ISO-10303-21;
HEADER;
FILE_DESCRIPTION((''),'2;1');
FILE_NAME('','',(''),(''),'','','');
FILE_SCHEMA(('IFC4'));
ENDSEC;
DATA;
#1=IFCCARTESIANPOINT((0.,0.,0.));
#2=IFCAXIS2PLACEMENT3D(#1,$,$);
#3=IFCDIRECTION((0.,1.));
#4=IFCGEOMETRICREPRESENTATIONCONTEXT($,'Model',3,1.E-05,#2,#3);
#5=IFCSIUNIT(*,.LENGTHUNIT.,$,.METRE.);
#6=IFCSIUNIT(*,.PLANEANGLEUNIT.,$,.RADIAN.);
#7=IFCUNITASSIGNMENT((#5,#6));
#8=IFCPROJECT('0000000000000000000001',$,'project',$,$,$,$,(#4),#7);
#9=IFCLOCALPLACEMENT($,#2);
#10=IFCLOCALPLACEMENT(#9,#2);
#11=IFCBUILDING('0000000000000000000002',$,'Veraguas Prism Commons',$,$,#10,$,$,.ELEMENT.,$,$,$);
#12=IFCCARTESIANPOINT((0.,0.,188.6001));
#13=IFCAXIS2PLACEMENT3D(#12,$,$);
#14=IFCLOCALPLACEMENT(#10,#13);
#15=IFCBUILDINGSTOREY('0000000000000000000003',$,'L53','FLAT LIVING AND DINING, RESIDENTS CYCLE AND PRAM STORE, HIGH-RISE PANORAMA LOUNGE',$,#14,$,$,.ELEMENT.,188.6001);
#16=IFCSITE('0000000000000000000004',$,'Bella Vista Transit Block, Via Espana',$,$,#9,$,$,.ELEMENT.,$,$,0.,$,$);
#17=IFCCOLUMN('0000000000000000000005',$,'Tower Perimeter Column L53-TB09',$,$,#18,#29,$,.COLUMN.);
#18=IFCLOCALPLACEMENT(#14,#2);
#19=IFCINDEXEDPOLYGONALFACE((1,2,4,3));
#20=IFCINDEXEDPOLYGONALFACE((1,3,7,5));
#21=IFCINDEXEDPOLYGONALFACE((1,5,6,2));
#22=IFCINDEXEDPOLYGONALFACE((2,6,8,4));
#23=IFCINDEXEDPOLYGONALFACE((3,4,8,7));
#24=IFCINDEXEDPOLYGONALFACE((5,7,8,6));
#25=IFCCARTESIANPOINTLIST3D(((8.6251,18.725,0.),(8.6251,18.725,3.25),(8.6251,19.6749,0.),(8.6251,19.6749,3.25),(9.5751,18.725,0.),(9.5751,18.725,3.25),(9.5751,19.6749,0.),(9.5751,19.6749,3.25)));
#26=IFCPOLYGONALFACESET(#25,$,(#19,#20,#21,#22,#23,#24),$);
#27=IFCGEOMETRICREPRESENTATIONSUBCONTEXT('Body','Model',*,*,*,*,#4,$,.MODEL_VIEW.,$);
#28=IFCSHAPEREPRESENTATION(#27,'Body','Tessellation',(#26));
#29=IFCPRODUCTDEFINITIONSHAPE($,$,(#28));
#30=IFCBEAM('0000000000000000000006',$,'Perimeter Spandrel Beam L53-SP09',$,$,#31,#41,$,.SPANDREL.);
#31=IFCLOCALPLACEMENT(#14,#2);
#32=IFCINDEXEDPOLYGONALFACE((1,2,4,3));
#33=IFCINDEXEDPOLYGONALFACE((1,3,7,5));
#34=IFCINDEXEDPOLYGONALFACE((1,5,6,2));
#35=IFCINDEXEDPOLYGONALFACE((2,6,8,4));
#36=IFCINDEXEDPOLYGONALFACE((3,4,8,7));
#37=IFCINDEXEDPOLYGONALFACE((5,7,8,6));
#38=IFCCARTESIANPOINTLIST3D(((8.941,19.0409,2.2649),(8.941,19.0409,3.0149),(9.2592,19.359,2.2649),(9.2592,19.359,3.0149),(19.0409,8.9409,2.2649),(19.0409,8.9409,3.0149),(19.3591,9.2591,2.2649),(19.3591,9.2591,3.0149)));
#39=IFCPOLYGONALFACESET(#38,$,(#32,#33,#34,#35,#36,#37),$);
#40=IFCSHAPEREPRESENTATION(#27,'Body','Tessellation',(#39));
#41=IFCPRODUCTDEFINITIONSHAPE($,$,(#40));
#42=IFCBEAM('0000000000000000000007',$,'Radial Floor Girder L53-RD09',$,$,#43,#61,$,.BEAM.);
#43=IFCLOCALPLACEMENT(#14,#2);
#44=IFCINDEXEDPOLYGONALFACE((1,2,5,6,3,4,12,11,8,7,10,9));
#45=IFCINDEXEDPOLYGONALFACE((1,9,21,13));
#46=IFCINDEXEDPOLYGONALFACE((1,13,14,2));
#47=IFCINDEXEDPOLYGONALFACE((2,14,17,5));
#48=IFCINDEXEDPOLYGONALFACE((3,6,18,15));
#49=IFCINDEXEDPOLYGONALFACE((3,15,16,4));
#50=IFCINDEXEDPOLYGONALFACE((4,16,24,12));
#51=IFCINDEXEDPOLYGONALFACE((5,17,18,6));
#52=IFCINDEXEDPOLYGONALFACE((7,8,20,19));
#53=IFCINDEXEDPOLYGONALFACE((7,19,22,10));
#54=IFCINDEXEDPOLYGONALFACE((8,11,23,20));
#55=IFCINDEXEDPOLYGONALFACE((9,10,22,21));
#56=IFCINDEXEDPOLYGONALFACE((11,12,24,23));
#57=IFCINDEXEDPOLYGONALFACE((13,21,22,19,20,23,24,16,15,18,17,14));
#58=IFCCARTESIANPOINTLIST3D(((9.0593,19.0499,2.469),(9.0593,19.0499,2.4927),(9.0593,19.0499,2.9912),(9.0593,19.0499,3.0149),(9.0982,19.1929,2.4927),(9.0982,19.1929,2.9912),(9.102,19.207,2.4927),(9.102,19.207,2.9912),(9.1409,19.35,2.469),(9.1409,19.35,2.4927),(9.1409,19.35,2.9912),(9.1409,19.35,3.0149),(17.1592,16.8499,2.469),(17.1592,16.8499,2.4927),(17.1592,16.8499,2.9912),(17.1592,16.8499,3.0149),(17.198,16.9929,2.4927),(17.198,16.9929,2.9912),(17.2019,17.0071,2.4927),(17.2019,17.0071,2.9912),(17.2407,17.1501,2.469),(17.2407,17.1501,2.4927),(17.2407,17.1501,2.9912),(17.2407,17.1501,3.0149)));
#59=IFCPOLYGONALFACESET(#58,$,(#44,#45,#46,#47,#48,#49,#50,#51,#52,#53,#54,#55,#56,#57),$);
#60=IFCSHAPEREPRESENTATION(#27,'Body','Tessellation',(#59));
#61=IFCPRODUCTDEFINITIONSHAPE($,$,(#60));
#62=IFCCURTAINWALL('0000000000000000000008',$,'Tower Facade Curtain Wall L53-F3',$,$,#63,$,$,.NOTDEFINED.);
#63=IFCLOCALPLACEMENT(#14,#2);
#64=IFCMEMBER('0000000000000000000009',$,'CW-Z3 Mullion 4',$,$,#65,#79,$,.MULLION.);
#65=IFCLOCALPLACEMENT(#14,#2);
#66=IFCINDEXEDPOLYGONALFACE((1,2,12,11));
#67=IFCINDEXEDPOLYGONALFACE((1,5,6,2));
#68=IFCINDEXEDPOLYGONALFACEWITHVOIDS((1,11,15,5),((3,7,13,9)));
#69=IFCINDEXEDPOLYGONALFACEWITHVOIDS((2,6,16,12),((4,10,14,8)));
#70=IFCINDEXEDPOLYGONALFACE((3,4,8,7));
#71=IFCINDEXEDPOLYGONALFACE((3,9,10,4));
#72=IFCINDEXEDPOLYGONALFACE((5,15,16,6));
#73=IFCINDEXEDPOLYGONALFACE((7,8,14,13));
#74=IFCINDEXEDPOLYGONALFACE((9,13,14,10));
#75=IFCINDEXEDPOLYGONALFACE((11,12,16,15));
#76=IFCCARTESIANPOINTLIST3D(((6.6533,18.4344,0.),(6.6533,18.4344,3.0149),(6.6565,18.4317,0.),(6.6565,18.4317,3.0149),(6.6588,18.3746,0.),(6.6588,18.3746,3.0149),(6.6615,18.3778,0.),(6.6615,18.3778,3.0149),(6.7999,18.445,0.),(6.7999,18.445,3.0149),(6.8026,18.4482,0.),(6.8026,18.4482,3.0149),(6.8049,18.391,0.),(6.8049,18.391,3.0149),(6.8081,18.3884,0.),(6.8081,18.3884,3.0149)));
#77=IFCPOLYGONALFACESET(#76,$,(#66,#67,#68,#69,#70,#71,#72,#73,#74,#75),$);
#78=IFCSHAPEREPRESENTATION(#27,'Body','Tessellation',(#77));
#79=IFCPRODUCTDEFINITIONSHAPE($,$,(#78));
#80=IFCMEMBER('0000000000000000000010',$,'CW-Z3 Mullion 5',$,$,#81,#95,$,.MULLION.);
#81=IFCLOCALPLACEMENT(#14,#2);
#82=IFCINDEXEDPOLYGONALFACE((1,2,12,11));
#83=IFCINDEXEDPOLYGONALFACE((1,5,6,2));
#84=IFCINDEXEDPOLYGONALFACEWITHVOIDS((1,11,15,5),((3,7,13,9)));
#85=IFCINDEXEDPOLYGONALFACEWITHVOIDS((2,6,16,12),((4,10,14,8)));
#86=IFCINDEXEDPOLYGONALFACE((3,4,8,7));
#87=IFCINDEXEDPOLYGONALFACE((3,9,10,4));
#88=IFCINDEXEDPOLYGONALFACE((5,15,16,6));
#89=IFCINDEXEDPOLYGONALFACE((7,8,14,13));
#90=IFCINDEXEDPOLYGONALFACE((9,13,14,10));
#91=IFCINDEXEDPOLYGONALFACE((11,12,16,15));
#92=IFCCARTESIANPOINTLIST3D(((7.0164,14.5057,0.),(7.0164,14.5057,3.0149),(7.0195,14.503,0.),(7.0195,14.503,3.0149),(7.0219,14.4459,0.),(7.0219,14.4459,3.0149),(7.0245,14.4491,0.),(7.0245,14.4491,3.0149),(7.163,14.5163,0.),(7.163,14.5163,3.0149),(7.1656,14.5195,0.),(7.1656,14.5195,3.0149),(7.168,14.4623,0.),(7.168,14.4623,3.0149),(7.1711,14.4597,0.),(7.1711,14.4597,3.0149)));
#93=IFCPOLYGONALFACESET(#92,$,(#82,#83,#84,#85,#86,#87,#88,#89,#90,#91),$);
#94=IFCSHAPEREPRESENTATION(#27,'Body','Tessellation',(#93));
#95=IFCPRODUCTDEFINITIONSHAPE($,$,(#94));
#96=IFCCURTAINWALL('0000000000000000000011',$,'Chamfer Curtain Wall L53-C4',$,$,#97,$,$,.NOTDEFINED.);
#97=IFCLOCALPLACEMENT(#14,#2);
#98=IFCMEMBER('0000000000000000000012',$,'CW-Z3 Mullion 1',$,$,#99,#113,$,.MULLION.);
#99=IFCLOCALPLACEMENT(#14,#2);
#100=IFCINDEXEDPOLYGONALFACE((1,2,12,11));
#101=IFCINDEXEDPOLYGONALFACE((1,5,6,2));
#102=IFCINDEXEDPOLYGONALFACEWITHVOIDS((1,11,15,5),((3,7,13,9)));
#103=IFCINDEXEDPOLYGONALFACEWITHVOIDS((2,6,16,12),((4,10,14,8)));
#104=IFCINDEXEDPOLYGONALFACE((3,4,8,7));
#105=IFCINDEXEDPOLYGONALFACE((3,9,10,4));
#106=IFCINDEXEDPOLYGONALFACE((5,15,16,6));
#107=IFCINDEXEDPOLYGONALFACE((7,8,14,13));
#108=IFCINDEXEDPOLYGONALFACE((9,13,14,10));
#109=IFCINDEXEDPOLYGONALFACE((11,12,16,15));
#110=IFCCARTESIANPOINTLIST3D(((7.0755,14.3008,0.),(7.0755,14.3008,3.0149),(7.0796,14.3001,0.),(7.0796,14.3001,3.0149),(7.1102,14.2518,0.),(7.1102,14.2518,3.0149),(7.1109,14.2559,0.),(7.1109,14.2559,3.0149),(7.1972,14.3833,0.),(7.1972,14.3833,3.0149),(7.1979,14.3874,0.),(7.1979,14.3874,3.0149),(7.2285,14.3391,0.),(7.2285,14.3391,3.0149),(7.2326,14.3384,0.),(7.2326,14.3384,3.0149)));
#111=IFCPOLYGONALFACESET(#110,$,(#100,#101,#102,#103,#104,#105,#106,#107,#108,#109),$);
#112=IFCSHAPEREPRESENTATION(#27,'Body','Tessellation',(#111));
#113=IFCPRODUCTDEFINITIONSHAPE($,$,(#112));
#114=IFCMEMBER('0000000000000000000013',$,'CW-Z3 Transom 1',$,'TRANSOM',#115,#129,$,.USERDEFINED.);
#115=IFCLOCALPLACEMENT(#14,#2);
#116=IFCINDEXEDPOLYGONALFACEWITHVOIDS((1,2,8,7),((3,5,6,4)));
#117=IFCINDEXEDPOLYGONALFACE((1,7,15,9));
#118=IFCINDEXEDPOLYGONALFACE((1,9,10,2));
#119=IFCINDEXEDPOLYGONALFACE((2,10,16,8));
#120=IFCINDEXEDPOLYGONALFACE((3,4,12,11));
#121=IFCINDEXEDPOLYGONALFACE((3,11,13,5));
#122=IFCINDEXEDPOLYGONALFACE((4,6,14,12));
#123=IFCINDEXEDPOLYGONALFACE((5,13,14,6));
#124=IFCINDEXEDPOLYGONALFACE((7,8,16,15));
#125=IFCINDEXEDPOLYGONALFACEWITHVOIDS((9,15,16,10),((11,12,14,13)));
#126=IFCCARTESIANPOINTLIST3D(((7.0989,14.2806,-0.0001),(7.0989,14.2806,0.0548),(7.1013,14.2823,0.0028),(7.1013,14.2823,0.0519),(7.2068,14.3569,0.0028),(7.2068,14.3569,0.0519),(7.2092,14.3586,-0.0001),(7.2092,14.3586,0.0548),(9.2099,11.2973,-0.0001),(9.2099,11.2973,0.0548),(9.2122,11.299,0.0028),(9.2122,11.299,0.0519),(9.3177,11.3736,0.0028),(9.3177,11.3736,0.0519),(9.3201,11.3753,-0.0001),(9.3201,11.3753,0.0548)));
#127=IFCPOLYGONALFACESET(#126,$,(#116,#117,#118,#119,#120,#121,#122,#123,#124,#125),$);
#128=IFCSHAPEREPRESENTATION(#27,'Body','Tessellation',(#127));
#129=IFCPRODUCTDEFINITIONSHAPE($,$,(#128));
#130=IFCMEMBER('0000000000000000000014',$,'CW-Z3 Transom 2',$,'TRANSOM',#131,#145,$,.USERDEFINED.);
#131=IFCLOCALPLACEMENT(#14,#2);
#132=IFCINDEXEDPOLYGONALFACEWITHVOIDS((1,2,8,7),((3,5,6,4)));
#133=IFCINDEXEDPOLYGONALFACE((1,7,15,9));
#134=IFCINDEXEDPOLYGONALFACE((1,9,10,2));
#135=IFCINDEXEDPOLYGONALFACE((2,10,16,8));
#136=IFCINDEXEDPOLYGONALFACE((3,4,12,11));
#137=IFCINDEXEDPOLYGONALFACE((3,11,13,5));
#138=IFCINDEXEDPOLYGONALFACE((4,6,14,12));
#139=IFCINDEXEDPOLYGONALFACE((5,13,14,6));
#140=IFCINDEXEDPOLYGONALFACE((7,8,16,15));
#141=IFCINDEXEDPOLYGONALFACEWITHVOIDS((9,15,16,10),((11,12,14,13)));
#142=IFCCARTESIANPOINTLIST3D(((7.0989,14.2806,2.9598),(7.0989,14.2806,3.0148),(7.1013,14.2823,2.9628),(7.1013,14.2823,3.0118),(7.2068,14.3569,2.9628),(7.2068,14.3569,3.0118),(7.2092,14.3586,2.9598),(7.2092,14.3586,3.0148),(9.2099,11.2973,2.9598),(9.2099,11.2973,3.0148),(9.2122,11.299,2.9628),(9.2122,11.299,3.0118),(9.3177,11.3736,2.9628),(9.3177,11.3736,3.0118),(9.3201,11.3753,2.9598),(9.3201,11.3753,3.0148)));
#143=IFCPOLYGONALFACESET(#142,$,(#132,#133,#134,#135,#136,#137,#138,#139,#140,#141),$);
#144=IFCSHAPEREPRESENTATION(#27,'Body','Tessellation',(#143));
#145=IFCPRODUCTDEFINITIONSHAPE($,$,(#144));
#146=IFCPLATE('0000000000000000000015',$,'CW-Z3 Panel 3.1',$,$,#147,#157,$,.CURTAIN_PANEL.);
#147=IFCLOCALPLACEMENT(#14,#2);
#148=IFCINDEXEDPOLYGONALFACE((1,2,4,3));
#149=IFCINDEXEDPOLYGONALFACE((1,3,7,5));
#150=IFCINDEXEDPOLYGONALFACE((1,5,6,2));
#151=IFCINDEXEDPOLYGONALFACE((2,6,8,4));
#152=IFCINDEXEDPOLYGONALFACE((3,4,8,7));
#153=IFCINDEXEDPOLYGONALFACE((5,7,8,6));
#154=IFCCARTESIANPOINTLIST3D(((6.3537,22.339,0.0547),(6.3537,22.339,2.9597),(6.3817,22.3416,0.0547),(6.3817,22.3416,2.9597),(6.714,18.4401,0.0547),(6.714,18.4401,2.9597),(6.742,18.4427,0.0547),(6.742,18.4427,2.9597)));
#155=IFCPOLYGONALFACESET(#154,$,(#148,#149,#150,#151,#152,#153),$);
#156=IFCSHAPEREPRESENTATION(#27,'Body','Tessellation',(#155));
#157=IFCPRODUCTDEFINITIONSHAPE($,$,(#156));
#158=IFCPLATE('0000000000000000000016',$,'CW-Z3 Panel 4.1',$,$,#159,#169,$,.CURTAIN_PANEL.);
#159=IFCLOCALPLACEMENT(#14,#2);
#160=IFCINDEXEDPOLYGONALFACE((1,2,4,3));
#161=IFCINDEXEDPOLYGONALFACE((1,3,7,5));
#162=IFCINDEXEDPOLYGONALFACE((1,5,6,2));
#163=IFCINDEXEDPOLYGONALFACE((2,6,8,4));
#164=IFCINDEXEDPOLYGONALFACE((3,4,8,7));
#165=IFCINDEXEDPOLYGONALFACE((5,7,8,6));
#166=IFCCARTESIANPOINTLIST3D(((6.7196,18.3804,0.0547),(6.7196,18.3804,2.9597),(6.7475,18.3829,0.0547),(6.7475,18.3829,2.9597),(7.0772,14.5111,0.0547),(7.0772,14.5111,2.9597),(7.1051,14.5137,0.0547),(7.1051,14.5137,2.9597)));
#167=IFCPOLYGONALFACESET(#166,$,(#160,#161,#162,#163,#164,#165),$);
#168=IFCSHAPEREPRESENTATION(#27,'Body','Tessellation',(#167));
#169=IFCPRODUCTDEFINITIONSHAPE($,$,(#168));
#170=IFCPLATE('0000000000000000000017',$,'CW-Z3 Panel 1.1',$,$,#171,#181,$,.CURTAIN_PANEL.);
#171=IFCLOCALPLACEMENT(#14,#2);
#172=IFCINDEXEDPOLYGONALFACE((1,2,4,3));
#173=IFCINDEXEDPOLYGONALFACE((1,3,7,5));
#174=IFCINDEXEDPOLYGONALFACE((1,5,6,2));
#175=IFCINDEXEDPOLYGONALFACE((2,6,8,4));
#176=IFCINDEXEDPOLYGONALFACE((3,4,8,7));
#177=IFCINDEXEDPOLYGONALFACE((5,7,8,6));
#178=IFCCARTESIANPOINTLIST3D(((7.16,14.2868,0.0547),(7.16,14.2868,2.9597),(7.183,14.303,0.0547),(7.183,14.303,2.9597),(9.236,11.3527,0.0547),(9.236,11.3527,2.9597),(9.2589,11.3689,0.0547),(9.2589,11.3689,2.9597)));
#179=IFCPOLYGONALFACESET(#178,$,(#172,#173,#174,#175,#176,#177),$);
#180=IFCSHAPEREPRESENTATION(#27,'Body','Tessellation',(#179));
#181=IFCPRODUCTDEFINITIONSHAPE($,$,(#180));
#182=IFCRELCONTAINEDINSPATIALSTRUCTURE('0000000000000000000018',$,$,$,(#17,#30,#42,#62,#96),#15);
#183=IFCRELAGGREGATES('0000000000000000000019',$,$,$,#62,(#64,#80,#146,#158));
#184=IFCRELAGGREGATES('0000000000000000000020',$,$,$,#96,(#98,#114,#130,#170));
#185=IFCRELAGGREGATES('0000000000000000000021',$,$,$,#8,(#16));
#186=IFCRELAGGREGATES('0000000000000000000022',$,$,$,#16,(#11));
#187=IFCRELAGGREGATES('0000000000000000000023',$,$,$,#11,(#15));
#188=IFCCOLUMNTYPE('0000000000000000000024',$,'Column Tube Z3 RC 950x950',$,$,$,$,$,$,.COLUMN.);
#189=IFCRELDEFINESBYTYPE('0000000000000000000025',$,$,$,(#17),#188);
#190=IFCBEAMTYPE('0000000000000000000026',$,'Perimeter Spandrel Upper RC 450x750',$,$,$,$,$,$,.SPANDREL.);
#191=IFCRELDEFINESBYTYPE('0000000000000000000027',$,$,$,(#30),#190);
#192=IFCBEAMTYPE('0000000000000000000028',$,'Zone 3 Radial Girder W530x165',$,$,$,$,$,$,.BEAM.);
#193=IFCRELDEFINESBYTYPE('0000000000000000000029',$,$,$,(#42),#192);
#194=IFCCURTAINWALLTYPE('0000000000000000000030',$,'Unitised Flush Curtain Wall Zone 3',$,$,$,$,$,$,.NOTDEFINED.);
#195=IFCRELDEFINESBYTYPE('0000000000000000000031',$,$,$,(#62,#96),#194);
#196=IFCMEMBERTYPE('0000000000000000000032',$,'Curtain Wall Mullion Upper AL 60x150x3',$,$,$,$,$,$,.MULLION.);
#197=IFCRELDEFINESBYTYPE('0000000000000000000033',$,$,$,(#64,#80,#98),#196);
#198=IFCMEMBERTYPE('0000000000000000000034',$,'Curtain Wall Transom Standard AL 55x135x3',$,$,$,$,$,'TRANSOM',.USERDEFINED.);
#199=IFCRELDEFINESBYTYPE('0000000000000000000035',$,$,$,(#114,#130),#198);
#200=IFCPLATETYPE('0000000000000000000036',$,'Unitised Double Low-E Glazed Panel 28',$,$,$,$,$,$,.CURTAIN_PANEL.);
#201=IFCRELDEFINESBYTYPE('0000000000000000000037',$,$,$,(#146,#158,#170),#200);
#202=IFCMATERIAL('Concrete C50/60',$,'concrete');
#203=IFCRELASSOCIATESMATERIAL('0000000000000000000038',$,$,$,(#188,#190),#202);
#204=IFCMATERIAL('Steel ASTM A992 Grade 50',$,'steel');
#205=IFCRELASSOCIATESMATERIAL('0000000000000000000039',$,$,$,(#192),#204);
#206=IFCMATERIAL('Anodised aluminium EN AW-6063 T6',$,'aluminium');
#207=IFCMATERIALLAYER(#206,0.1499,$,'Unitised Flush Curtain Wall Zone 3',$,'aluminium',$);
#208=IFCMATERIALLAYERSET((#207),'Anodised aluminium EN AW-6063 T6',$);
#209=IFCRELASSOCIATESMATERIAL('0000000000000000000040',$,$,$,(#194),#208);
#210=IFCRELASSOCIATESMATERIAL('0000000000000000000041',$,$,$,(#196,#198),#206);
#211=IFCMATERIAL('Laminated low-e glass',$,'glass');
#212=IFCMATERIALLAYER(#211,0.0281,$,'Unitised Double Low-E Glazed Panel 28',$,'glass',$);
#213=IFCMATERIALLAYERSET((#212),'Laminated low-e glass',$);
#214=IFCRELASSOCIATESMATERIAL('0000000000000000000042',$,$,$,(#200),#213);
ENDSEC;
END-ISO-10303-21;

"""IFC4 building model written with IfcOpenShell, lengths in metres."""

from ifc_helpers import new_model, si_unit, direction, frame, origin, origin_2d, place, context, subcontext, project, spatial, rectangle, hollow_rectangle, i_section, extrude, source, transform, mapped, material, layer, layer_set, material_profile, profile_set, type_object, element, aggregate, save


model = new_model("IFC4")

# Units and contexts
model_context = context("Model", 3, precision=1e-05, world=origin(), true_north=direction((0.0, 1.0)))
body_context = subcontext(model_context, "Body", "Model", "MODEL_VIEW")
ifc_project = project(units=[si_unit("LENGTHUNIT", "METRE"), si_unit("PLANEANGLEUNIT", "RADIAN")], contexts=[model_context])

# Site, building, storey
site_placement = place(None, origin())
site = spatial("IfcSite", under=ifc_project, at=site_placement, Name="Bella Vista Transit Block, Via Espana", CompositionType="ELEMENT", RefElevation=0.0)
building_placement = place(site_placement, origin())
building = spatial("IfcBuilding", under=site, at=building_placement, Name="Veraguas Prism Commons", CompositionType="ELEMENT")
storey_placement = place(building_placement, frame((0.0, 0.0, 188.6001)))
storey = spatial("IfcBuildingStorey", under=building, at=storey_placement, Name="L53", Description="FLAT LIVING AND DINING, RESIDENTS CYCLE AND PRAM STORE, HIGH-RISE PANORAMA LOUNGE", CompositionType="ELEMENT", Elevation=188.6001)

# Column
ifc_material_1 = material(Name="Concrete C50/60", Category="concrete")
ifc_material_profile_1 = material_profile(ifc_material_1, rectangle(XDim=0.95, YDim=0.95, at=origin_2d()), Name="RC950X950")
ifc_profile_set_1 = profile_set([ifc_material_profile_1], Name="Concrete C50/60")
column_type = type_object("IfcColumnType", Name="Column Tube Z3 RC 950x950", PredefinedType="COLUMN", material=ifc_profile_set_1)
column_placement = place(storey_placement, frame((9.1001, 19.2, 0.0), z_axis=(0.0, 0.0, 1.0), x_axis=(1.0, 0.0, 0.0)))
element("IfcColumn", 1, at=column_placement, inside=storey, type_object=column_type, Name="Tower Perimeter Column L53-TB09", PredefinedType="COLUMN", context=body_context, shape_type="SweptSolid", body=[
    extrude(rectangle(XDim=0.95, YDim=0.95, at=origin_2d()), origin(), (0.0, 0.0, 1.0), 3.25),
])

# Beams
ifc_material_profile_2 = material_profile(ifc_material_1, rectangle(XDim=0.45, YDim=0.75, at=origin_2d()), Name="RC450X750")
ifc_profile_set_2 = profile_set([ifc_material_profile_2], Name="Concrete C50/60")
beam_type_1 = type_object("IfcBeamType", Name="Perimeter Spandrel Upper RC 450x750", PredefinedType="SPANDREL", material=ifc_profile_set_2)
beam_1_placement = place(storey_placement, frame((9.1001, 19.2, 2.6399), z_axis=(0.707107, -0.707107, 0.0), x_axis=(0.707107, 0.707107, 0.0)))
element("IfcBeam", 2, at=beam_1_placement, inside=storey, type_object=beam_type_1, Name="Perimeter Spandrel Beam L53-SP09", PredefinedType="SPANDREL", context=body_context, shape_type="SweptSolid", body=[
    extrude(rectangle(XDim=0.45, YDim=0.75, at=origin_2d()), origin(), (0.0, 0.0, 1.0), 14.2834),
])
ifc_material_2 = material(Name="Steel ASTM A992 Grade 50", Category="steel")
ifc_material_profile_3 = material_profile(ifc_material_2, i_section(OverallWidth=0.311, OverallDepth=0.5459, WebThickness=0.0146, FlangeThickness=0.0237, at=origin_2d()), Name="W530X165")
ifc_profile_set_3 = profile_set([ifc_material_profile_3], Name="Steel ASTM A992 Grade 50")
beam_type_2 = type_object("IfcBeamType", Name="Zone 3 Radial Girder W530x165", PredefinedType="BEAM", material=ifc_profile_set_3)
beam_2_placement = place(storey_placement, frame((9.1001, 19.2, 2.7419), z_axis=(0.965039, -0.262108, 0.0), x_axis=(0.262108, 0.965039, 0.0)))
element("IfcBeam", 3, at=beam_2_placement, inside=storey, type_object=beam_type_2, Name="Radial Floor Girder L53-RD09", PredefinedType="BEAM", context=body_context, shape_type="SweptSolid", body=[
    extrude(i_section(OverallWidth=0.311, OverallDepth=0.5459, WebThickness=0.0146, FlangeThickness=0.0237, at=origin_2d()), origin(), (0.0, 0.0, 1.0), 8.3933),
])

# Curtain walls, members
ifc_material_3 = material(Name="Anodised aluminium EN AW-6063 T6", Category="aluminium")
ifc_layer_1 = layer(ifc_material_3, 0.1499, Name="Unitised Flush Curtain Wall Zone 3", Category="aluminium")
ifc_layer_set_1 = layer_set([ifc_layer_1], Name="Anodised aluminium EN AW-6063 T6")
curtain_wall_type = type_object("IfcCurtainWallType", Name="Unitised Flush Curtain Wall Zone 3", PredefinedType="NOTDEFINED", material=ifc_layer_set_1)
curtain_wall_1_placement = place(storey_placement, origin())
curtain_wall_1 = element("IfcCurtainWall", 4, at=curtain_wall_1_placement, inside=storey, type_object=curtain_wall_type, Name="Tower Facade Curtain Wall L53-F3", PredefinedType="NOTDEFINED")
ifc_material_profile_4 = material_profile(ifc_material_3, hollow_rectangle(XDim=0.0601, YDim=0.1499, WallThickness=0.0029, at=origin_2d()), Name="AL60X150X3")
ifc_profile_set_4 = profile_set([ifc_material_profile_4], Name="Anodised aluminium EN AW-6063 T6")
member_type_1 = type_object("IfcMemberType", Name="Curtain Wall Mullion Upper AL 60x150x3", PredefinedType="MULLION", material=ifc_profile_set_4)
shared_shape_1 = source(origin(), body_context, "Body", "SweptSolid", [
    extrude(hollow_rectangle(XDim=0.0601, YDim=0.1499, WallThickness=0.0029, at=origin_2d()), origin(), (0.0, 0.0, 1.0), 3.0149),
])
member_1_placement = place(storey_placement, frame((6.7307, 18.4114, 0.0), z_axis=(0.0, 0.0, 1.0), x_axis=(0.092023, -0.995757, 0.0)))
member_1 = element("IfcMember", 5, at=member_1_placement, type_object=member_type_1, Name="CW-Z3 Mullion 4", PredefinedType="MULLION", context=body_context, shape_type="MappedRepresentation", body=[
    mapped(shared_shape_1, transform((0.0, 0.0, 0.0), scale=1.0)),
])
member_2_placement = place(storey_placement, frame((7.0938, 14.4827, 0.0), z_axis=(0.0, 0.0, 1.0), x_axis=(0.092023, -0.995757, 0.0)))
member_2 = element("IfcMember", 6, at=member_2_placement, type_object=member_type_1, Name="CW-Z3 Mullion 5", PredefinedType="MULLION", context=body_context, shape_type="MappedRepresentation", body=[
    mapped(shared_shape_1, transform((0.0, 0.0, 0.0), scale=1.0)),
])
curtain_wall_2_placement = place(storey_placement, origin())
curtain_wall_2 = element("IfcCurtainWall", 7, at=curtain_wall_2_placement, inside=storey, type_object=curtain_wall_type, Name="Chamfer Curtain Wall L53-C4", PredefinedType="NOTDEFINED")
member_3_placement = place(storey_placement, frame((7.1541, 14.3196, 0.0), z_axis=(0.0, 0.0, 1.0), x_axis=(0.57758, -0.816334, 0.0)))
member_3 = element("IfcMember", 8, at=member_3_placement, type_object=member_type_1, Name="CW-Z3 Mullion 1", PredefinedType="MULLION", context=body_context, shape_type="MappedRepresentation", body=[
    mapped(shared_shape_1, transform((0.0, 0.0, 0.0), scale=1.0)),
])
ifc_material_profile_5 = material_profile(ifc_material_3, hollow_rectangle(XDim=0.0549, YDim=0.135, WallThickness=0.0029, at=origin_2d()), Name="AL55X135X3")
ifc_profile_set_5 = profile_set([ifc_material_profile_5], Name="Anodised aluminium EN AW-6063 T6")
member_type_2 = type_object("IfcMemberType", Name="Curtain Wall Transom Standard AL 55x135x3", ElementType="TRANSOM", PredefinedType="USERDEFINED", material=ifc_profile_set_5)
shared_shape_2 = source(origin(), body_context, "Body", "SweptSolid", [
    extrude(hollow_rectangle(XDim=0.0549, YDim=0.135, WallThickness=0.0029, at=origin_2d()), origin(), (0.0, 0.0, 1.0), 3.6545),
])
member_4_placement = place(storey_placement, frame((7.1541, 14.3196, 0.0273), z_axis=(0.577611, -0.816312, 0.0), x_axis=(0.0, 0.0, 1.0)))
member_4 = element("IfcMember", 9, at=member_4_placement, type_object=member_type_2, Name="CW-Z3 Transom 1", ObjectType="TRANSOM", PredefinedType="USERDEFINED", context=body_context, shape_type="MappedRepresentation", body=[
    mapped(shared_shape_2, transform((0.0, 0.0, 0.0), scale=1.0)),
])
member_5_placement = place(storey_placement, frame((7.1541, 14.3196, 2.9873), z_axis=(0.577611, -0.816312, 0.0), x_axis=(0.0, 0.0, 1.0)))
member_5 = element("IfcMember", 10, at=member_5_placement, type_object=member_type_2, Name="CW-Z3 Transom 2", ObjectType="TRANSOM", PredefinedType="USERDEFINED", context=body_context, shape_type="MappedRepresentation", body=[
    mapped(shared_shape_2, transform((0.0, 0.0, 0.0), scale=1.0)),
])

# Plates
ifc_material_4 = material(Name="Laminated low-e glass", Category="glass")
ifc_layer_2 = layer(ifc_material_4, 0.0281, Name="Unitised Double Low-E Glazed Panel 28", Category="glass")
ifc_layer_set_2 = layer_set([ifc_layer_2], Name="Laminated low-e glass")
plate_type = type_object("IfcPlateType", Name="Unitised Double Low-E Glazed Panel 28", PredefinedType="CURTAIN_PANEL", material=ifc_layer_set_2)
shared_shape_3 = source(origin(), body_context, "Body", "SweptSolid", [
    extrude(rectangle(XDim=3.9155, YDim=0.0281, at=origin_2d()), origin(), (0.0, 0.0, 1.0), 2.905),
])
plate_1_placement = place(storey_placement, frame((6.5479, 20.3909, 0.0547), z_axis=(0.0, 0.0, 1.0), x_axis=(0.092023, -0.995757, 0.0)))
plate_1 = element("IfcPlate", 11, at=plate_1_placement, type_object=plate_type, Name="CW-Z3 Panel 3.1", PredefinedType="CURTAIN_PANEL", context=body_context, shape_type="MappedRepresentation", body=[
    mapped(shared_shape_3, transform((0.0, 0.0, 0.0), scale=1.0)),
])
shared_shape_4 = source(origin(), body_context, "Body", "SweptSolid", [
    extrude(rectangle(XDim=3.8857, YDim=0.0281, at=origin_2d()), origin(), (0.0, 0.0, 1.0), 2.905),
])
plate_2_placement = place(storey_placement, frame((6.9124, 16.447, 0.0547), z_axis=(0.0, 0.0, 1.0), x_axis=(0.092023, -0.995757, 0.0)))
plate_2 = element("IfcPlate", 12, at=plate_2_placement, type_object=plate_type, Name="CW-Z3 Panel 4.1", PredefinedType="CURTAIN_PANEL", context=body_context, shape_type="MappedRepresentation", body=[
    mapped(shared_shape_4, transform((0.0, 0.0, 0.0), scale=1.0)),
])
aggregate(curtain_wall_1, [member_1, member_2, plate_1, plate_2])
shared_shape_5 = source(origin(), body_context, "Body", "SweptSolid", [
    extrude(rectangle(XDim=3.5942, YDim=0.0281, at=origin_2d()), origin(), (0.0, 0.0, 1.0), 2.905),
])
plate_3_placement = place(storey_placement, frame((8.2095, 12.8279, 0.0547), z_axis=(0.0, 0.0, 1.0), x_axis=(0.57758, -0.816334, 0.0)))
plate_3 = element("IfcPlate", 13, at=plate_3_placement, type_object=plate_type, Name="CW-Z3 Panel 1.1", PredefinedType="CURTAIN_PANEL", context=body_context, shape_type="MappedRepresentation", body=[
    mapped(shared_shape_5, transform((0.0, 0.0, 0.0), scale=1.0)),
])
aggregate(curtain_wall_2, [member_3, member_4, member_5, plate_3])

save(model, "model.ifc")
